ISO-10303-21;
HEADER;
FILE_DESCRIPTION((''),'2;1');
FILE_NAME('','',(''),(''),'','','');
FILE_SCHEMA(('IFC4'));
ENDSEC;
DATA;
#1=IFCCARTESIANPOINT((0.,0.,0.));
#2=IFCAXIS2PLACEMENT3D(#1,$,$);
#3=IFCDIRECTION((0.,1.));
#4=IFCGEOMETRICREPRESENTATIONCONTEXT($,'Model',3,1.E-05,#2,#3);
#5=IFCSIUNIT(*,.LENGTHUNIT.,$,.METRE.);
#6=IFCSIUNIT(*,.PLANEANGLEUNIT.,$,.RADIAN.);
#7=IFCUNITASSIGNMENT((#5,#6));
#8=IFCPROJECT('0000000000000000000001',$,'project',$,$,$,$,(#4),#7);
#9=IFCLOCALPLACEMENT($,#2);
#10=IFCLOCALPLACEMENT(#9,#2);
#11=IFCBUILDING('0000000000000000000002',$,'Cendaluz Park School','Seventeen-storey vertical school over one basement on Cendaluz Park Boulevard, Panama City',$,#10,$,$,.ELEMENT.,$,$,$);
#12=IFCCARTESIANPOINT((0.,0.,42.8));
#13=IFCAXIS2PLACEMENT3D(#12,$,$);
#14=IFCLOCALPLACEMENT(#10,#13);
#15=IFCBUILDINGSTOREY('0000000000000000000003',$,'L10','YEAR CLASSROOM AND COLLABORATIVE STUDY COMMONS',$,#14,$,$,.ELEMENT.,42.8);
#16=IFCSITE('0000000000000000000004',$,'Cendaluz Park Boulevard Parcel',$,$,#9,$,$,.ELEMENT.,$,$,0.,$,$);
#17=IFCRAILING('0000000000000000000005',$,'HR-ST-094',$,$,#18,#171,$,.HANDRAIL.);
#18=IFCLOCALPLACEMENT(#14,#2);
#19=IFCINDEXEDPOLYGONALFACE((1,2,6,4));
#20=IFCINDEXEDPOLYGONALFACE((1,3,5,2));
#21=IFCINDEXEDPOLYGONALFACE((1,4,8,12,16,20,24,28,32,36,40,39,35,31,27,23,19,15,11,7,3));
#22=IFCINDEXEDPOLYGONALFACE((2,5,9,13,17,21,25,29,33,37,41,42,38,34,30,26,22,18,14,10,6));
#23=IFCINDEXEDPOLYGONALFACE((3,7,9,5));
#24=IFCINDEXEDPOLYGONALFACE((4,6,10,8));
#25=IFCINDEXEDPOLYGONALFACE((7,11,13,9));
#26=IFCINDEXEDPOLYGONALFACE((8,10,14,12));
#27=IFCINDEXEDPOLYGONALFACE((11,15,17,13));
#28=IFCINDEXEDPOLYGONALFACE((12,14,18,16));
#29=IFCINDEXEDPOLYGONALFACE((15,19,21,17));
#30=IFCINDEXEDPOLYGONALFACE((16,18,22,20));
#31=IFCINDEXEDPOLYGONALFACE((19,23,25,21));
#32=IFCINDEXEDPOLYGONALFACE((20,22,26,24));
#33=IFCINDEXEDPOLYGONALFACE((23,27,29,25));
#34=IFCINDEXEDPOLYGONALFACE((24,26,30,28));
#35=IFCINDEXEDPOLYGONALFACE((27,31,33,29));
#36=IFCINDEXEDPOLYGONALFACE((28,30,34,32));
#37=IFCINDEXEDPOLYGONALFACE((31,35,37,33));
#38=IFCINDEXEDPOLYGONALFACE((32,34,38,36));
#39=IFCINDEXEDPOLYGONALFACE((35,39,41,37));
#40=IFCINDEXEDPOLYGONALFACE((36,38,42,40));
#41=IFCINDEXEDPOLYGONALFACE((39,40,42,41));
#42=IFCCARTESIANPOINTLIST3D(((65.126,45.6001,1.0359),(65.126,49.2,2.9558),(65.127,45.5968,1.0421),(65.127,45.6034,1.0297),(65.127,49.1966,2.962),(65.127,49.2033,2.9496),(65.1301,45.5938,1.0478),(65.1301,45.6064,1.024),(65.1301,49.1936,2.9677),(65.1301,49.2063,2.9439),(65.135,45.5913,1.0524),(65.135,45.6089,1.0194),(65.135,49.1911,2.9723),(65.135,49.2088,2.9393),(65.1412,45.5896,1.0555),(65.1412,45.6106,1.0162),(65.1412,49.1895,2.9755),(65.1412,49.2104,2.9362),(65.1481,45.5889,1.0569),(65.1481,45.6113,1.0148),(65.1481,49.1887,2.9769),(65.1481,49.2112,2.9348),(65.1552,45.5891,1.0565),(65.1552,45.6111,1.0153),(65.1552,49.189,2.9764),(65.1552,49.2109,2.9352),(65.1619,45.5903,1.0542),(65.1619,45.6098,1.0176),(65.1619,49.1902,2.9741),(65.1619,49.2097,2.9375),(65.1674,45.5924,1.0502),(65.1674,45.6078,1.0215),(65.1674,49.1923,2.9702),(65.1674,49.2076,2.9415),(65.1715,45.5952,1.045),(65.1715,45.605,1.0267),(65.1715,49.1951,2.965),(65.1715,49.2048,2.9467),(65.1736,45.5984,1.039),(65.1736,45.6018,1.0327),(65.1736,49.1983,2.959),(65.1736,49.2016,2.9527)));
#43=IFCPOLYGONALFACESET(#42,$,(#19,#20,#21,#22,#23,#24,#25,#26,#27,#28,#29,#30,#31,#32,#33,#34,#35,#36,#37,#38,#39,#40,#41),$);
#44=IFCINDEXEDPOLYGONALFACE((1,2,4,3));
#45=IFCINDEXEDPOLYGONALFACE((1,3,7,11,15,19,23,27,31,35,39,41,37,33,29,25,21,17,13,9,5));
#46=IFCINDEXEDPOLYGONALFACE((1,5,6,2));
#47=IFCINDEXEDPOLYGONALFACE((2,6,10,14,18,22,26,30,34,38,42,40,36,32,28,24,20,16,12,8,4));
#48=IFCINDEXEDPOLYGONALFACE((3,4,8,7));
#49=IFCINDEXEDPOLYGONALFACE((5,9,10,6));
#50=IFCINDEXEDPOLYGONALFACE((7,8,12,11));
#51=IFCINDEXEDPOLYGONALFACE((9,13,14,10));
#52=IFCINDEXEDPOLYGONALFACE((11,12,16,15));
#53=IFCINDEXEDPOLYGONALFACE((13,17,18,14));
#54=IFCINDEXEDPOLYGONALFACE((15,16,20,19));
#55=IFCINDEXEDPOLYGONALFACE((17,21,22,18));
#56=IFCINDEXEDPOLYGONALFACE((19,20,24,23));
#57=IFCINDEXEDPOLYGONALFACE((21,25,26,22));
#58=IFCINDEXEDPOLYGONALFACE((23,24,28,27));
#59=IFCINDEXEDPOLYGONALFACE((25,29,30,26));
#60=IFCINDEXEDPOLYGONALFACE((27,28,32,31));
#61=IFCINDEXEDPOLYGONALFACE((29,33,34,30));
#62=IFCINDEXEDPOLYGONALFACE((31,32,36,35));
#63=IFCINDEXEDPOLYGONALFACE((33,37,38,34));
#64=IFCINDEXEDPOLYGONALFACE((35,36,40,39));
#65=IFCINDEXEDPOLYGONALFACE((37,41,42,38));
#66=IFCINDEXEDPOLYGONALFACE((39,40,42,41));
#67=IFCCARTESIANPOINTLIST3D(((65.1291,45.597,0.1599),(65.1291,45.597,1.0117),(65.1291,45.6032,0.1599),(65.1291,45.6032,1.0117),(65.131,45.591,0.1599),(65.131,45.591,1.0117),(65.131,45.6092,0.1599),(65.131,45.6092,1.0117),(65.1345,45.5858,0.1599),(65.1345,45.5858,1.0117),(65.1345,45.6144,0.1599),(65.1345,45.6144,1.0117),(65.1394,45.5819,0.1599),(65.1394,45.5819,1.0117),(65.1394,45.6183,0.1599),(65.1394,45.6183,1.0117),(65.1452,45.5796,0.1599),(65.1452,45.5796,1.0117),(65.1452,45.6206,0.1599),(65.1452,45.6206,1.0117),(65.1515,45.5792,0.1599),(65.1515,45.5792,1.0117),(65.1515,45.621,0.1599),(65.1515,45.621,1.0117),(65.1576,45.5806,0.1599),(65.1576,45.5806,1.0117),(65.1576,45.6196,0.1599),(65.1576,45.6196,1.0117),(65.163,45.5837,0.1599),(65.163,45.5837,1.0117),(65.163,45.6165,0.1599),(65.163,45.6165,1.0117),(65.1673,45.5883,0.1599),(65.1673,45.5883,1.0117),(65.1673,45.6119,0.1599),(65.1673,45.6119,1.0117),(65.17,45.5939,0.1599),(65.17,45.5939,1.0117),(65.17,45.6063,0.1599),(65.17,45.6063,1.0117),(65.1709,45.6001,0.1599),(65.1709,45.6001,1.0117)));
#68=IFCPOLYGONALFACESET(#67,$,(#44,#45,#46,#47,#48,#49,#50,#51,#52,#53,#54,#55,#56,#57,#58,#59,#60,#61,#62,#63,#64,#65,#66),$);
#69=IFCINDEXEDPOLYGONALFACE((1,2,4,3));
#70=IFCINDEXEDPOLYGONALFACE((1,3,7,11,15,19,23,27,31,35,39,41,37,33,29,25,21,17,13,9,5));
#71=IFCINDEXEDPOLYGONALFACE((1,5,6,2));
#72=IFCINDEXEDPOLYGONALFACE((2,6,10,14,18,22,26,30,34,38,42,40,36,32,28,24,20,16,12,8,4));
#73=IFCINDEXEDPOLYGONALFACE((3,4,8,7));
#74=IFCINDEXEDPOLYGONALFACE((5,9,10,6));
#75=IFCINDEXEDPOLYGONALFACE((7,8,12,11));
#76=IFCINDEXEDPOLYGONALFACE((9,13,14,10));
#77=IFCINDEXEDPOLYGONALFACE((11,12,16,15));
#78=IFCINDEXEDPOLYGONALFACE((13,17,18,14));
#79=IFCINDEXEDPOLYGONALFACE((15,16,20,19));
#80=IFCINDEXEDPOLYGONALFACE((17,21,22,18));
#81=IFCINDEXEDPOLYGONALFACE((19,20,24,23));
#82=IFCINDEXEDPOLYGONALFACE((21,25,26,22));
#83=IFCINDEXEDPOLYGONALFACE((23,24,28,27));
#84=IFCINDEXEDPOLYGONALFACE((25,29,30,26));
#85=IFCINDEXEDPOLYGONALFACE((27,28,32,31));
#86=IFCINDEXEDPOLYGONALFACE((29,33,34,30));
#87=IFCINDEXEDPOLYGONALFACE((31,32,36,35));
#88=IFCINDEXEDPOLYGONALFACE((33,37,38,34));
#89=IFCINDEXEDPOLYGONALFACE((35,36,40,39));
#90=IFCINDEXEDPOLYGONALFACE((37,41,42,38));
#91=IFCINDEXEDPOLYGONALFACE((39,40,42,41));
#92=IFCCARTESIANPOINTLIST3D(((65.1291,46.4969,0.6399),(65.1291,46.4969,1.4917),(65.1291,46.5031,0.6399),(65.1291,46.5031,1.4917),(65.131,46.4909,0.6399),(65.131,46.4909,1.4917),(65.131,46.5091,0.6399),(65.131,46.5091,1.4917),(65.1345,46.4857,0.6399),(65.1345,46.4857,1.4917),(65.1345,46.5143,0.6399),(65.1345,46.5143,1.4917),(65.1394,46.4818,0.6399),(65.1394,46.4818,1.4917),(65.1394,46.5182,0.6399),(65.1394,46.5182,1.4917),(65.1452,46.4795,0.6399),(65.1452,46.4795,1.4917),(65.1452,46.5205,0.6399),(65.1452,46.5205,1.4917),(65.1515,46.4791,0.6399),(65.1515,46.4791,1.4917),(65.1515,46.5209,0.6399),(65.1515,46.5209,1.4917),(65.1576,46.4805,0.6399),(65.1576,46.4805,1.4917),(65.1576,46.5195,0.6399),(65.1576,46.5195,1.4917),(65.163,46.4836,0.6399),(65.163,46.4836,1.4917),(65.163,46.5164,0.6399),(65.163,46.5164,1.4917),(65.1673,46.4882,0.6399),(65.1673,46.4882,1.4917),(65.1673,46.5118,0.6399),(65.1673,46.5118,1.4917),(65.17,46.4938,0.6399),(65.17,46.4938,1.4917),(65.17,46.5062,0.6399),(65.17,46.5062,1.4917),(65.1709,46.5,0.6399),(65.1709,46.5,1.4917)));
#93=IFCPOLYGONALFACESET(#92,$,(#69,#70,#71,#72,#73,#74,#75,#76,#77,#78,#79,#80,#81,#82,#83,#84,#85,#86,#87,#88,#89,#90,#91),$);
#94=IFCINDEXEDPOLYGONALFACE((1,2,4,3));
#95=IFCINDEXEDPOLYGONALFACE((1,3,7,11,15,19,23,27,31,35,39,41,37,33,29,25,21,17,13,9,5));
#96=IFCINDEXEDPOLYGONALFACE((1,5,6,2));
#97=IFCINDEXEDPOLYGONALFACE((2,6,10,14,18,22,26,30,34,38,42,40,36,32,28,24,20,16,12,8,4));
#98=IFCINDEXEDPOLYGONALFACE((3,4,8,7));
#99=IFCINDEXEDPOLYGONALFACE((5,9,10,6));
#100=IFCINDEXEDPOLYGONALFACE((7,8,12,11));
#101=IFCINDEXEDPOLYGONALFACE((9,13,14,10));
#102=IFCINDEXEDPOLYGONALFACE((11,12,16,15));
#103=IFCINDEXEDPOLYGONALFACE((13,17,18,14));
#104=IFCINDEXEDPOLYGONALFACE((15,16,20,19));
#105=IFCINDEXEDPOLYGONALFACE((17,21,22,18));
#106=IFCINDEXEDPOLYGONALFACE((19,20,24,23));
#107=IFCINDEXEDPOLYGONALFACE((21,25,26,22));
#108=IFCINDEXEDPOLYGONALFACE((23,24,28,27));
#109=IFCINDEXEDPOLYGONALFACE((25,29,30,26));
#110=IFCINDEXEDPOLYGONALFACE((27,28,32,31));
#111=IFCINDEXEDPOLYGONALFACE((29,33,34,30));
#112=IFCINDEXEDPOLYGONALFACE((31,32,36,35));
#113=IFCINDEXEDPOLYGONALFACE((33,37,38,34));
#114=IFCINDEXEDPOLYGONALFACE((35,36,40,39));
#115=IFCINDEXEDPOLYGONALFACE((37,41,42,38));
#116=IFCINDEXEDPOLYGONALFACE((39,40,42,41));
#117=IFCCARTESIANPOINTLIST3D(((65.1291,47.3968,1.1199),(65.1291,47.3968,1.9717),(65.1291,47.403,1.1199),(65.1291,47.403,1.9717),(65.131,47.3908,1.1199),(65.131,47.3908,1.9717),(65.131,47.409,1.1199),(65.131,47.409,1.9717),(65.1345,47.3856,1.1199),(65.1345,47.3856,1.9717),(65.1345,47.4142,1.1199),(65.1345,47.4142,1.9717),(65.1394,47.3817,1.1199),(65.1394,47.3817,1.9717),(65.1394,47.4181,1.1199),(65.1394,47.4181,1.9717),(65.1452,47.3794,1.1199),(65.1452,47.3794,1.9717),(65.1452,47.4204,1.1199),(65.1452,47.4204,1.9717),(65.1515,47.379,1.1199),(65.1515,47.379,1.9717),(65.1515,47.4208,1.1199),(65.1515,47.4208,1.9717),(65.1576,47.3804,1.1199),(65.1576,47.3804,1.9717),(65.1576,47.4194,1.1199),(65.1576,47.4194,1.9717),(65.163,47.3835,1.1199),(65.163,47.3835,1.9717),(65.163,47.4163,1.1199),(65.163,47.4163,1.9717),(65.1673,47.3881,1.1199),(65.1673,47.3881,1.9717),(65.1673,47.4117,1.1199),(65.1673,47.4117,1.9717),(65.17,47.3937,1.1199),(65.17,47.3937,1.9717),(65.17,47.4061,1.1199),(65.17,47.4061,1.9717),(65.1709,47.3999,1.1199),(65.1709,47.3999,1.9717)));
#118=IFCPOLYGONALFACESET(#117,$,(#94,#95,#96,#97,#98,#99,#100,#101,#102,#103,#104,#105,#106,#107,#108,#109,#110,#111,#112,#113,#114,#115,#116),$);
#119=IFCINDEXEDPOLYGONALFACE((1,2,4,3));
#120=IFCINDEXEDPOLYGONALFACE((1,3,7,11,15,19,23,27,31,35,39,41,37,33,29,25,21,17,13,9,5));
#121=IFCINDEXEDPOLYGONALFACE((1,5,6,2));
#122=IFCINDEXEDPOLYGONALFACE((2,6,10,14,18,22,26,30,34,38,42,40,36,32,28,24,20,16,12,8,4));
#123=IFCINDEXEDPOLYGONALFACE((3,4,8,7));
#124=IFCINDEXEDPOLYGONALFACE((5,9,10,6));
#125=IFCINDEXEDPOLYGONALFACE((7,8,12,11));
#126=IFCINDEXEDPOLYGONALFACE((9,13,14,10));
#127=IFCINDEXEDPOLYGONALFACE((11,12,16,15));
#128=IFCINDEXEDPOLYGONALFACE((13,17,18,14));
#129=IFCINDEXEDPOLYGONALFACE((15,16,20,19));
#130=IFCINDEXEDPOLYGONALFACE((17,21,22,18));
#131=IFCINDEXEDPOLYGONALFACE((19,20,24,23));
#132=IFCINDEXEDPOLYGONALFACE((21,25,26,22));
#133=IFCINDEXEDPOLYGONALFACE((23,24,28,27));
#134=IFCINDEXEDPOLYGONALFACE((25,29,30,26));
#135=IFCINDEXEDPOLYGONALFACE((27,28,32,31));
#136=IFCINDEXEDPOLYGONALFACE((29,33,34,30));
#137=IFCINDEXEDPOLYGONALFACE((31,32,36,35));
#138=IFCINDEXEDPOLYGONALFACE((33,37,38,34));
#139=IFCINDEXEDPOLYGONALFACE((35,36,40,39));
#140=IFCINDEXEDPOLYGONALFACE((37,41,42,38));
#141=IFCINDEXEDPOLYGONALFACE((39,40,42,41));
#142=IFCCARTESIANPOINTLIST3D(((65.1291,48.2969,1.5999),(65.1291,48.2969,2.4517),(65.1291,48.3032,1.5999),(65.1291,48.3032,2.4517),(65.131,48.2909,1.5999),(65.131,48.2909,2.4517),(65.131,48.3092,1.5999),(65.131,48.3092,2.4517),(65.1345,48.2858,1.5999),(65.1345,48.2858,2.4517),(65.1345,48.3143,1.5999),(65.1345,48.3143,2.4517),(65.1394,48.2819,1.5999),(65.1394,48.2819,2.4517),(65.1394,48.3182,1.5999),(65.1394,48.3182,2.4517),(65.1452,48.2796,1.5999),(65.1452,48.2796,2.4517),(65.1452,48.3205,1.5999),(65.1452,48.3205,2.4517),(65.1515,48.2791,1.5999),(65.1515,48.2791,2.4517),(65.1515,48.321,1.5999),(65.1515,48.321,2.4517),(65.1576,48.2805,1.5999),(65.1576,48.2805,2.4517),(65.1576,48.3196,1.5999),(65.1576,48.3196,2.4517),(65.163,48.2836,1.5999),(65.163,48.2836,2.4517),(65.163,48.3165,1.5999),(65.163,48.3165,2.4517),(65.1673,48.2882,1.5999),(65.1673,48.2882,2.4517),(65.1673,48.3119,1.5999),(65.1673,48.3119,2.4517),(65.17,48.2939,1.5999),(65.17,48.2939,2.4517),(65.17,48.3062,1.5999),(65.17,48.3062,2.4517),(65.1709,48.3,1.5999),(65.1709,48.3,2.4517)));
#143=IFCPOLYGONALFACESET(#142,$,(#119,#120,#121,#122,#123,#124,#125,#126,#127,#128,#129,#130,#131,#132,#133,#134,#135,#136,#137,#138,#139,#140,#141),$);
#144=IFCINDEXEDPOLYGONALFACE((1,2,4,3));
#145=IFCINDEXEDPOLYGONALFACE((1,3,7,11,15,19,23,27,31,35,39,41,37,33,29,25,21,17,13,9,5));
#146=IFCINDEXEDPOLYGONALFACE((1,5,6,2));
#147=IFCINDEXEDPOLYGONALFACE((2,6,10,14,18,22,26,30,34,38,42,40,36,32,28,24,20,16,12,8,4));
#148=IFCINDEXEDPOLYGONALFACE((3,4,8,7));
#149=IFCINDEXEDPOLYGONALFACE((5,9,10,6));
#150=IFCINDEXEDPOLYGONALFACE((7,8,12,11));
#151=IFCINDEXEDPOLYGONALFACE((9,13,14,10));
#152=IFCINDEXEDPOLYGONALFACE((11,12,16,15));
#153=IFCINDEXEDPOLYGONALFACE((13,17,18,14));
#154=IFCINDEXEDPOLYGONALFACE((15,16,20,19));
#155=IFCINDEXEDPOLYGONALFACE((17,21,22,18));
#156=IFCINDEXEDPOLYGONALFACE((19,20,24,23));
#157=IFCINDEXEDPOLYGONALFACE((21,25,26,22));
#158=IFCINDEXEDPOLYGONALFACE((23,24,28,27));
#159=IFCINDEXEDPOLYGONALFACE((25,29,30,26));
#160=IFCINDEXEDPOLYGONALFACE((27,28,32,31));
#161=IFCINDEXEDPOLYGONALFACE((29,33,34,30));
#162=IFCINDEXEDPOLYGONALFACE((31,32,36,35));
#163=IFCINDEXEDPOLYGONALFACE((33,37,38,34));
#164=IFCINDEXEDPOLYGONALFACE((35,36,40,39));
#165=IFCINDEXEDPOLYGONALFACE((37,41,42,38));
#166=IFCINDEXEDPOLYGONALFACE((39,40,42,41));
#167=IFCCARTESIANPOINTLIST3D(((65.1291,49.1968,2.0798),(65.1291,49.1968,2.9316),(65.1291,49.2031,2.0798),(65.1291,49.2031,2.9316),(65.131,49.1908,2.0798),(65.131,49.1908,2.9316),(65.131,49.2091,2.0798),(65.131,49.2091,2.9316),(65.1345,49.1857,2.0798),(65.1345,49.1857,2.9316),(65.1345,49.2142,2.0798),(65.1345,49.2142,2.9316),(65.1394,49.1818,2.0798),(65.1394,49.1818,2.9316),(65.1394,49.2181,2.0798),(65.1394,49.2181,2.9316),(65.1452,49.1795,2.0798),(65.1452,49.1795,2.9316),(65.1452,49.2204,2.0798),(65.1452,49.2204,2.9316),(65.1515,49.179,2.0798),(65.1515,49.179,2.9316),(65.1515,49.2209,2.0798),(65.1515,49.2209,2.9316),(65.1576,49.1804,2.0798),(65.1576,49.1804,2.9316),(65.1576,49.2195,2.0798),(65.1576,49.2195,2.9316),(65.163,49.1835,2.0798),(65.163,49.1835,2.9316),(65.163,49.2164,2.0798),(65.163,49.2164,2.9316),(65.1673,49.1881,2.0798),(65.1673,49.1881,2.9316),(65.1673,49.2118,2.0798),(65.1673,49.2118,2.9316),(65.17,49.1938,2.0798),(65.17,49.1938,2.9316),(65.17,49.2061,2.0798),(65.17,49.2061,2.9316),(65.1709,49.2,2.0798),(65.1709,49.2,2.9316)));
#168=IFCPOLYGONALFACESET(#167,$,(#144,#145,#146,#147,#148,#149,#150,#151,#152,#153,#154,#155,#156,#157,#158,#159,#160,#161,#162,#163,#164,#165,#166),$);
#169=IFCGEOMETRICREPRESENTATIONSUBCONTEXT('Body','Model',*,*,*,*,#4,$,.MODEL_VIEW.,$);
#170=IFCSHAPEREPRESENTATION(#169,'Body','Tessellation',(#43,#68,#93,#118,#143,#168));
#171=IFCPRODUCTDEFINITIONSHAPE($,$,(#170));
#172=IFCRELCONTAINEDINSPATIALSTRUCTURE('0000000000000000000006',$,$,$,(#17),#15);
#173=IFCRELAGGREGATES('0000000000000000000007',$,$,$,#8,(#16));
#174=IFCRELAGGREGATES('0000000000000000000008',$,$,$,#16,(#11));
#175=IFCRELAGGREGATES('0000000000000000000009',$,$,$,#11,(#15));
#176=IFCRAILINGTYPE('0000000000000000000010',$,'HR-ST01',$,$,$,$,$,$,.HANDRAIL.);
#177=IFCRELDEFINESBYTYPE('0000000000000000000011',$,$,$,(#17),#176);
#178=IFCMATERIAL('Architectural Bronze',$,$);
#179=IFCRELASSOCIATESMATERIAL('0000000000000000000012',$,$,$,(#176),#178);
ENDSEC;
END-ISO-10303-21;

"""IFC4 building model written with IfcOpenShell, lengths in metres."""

from ifc_helpers import new_model, si_unit, direction, frame, origin, origin_2d, place, context, subcontext, project, spatial, circle, extrude, material, type_object, element, save


model = new_model("IFC4")

# Units and contexts
model_context = context("Model", 3, precision=1e-05, world=origin(), true_north=direction((0.0, 1.0)))
body_context = subcontext(model_context, "Body", "Model", "MODEL_VIEW")
ifc_project = project(units=[si_unit("LENGTHUNIT", "METRE"), si_unit("PLANEANGLEUNIT", "RADIAN")], contexts=[model_context])

# Site, building, storey
site_placement = place(None, origin())
site = spatial("IfcSite", under=ifc_project, at=site_placement, Name="Cendaluz Park Boulevard Parcel", CompositionType="ELEMENT", RefElevation=0.0)
building_placement = place(site_placement, origin())
building = spatial("IfcBuilding", under=site, at=building_placement, Name="Cendaluz Park School", Description="Seventeen-storey vertical school over one basement on Cendaluz Park Boulevard, Panama City", CompositionType="ELEMENT")
storey_placement = place(building_placement, frame((0.0, 0.0, 42.8)))
storey = spatial("IfcBuildingStorey", under=building, at=storey_placement, Name="L10", Description="YEAR CLASSROOM AND COLLABORATIVE STUDY COMMONS", CompositionType="ELEMENT", Elevation=42.8)

# Railing
ifc_material_1 = material(Name="Architectural Bronze")
railing_type_1 = type_object("IfcRailingType", Name="HR-ST01", PredefinedType="HANDRAIL", material=ifc_material_1)
railing_1_placement = place(storey_placement, frame((65.1499, 45.6001, 0.1599)))
element("IfcRailing", 1, at=railing_1_placement, inside=storey, type_object=railing_type_1, Name="HR-ST-094", PredefinedType="HANDRAIL", context=body_context, shape_type="SweptSolid", body=[
    extrude(circle(Radius=0.0239, at=origin_2d()), frame((0.0, 0.0, 0.876), z_axis=(0.0, 0.882353, 0.470588), x_axis=(-1.0, 0.0, 0.0)), (0.0, 0.0, 1.0), 4.0798),
    extrude(circle(Radius=0.021, at=origin_2d()), origin(), (0.0, 0.0, 1.0), 0.8518),
    extrude(circle(Radius=0.021, at=origin_2d()), frame((0.0, 0.8999, 0.48)), (0.0, 0.0, 1.0), 0.8518),
    extrude(circle(Radius=0.021, at=origin_2d()), frame((0.0, 1.7998, 0.96)), (0.0, 0.0, 1.0), 0.8518),
    extrude(circle(Radius=0.021, at=origin_2d()), frame((0.0, 2.7, 1.4399)), (0.0, 0.0, 1.0), 0.8518),
    extrude(circle(Radius=0.021, at=origin_2d()), frame((0.0, 3.5999, 1.9199)), (0.0, 0.0, 1.0), 0.8518),
])

save(model, "model.ifc")
